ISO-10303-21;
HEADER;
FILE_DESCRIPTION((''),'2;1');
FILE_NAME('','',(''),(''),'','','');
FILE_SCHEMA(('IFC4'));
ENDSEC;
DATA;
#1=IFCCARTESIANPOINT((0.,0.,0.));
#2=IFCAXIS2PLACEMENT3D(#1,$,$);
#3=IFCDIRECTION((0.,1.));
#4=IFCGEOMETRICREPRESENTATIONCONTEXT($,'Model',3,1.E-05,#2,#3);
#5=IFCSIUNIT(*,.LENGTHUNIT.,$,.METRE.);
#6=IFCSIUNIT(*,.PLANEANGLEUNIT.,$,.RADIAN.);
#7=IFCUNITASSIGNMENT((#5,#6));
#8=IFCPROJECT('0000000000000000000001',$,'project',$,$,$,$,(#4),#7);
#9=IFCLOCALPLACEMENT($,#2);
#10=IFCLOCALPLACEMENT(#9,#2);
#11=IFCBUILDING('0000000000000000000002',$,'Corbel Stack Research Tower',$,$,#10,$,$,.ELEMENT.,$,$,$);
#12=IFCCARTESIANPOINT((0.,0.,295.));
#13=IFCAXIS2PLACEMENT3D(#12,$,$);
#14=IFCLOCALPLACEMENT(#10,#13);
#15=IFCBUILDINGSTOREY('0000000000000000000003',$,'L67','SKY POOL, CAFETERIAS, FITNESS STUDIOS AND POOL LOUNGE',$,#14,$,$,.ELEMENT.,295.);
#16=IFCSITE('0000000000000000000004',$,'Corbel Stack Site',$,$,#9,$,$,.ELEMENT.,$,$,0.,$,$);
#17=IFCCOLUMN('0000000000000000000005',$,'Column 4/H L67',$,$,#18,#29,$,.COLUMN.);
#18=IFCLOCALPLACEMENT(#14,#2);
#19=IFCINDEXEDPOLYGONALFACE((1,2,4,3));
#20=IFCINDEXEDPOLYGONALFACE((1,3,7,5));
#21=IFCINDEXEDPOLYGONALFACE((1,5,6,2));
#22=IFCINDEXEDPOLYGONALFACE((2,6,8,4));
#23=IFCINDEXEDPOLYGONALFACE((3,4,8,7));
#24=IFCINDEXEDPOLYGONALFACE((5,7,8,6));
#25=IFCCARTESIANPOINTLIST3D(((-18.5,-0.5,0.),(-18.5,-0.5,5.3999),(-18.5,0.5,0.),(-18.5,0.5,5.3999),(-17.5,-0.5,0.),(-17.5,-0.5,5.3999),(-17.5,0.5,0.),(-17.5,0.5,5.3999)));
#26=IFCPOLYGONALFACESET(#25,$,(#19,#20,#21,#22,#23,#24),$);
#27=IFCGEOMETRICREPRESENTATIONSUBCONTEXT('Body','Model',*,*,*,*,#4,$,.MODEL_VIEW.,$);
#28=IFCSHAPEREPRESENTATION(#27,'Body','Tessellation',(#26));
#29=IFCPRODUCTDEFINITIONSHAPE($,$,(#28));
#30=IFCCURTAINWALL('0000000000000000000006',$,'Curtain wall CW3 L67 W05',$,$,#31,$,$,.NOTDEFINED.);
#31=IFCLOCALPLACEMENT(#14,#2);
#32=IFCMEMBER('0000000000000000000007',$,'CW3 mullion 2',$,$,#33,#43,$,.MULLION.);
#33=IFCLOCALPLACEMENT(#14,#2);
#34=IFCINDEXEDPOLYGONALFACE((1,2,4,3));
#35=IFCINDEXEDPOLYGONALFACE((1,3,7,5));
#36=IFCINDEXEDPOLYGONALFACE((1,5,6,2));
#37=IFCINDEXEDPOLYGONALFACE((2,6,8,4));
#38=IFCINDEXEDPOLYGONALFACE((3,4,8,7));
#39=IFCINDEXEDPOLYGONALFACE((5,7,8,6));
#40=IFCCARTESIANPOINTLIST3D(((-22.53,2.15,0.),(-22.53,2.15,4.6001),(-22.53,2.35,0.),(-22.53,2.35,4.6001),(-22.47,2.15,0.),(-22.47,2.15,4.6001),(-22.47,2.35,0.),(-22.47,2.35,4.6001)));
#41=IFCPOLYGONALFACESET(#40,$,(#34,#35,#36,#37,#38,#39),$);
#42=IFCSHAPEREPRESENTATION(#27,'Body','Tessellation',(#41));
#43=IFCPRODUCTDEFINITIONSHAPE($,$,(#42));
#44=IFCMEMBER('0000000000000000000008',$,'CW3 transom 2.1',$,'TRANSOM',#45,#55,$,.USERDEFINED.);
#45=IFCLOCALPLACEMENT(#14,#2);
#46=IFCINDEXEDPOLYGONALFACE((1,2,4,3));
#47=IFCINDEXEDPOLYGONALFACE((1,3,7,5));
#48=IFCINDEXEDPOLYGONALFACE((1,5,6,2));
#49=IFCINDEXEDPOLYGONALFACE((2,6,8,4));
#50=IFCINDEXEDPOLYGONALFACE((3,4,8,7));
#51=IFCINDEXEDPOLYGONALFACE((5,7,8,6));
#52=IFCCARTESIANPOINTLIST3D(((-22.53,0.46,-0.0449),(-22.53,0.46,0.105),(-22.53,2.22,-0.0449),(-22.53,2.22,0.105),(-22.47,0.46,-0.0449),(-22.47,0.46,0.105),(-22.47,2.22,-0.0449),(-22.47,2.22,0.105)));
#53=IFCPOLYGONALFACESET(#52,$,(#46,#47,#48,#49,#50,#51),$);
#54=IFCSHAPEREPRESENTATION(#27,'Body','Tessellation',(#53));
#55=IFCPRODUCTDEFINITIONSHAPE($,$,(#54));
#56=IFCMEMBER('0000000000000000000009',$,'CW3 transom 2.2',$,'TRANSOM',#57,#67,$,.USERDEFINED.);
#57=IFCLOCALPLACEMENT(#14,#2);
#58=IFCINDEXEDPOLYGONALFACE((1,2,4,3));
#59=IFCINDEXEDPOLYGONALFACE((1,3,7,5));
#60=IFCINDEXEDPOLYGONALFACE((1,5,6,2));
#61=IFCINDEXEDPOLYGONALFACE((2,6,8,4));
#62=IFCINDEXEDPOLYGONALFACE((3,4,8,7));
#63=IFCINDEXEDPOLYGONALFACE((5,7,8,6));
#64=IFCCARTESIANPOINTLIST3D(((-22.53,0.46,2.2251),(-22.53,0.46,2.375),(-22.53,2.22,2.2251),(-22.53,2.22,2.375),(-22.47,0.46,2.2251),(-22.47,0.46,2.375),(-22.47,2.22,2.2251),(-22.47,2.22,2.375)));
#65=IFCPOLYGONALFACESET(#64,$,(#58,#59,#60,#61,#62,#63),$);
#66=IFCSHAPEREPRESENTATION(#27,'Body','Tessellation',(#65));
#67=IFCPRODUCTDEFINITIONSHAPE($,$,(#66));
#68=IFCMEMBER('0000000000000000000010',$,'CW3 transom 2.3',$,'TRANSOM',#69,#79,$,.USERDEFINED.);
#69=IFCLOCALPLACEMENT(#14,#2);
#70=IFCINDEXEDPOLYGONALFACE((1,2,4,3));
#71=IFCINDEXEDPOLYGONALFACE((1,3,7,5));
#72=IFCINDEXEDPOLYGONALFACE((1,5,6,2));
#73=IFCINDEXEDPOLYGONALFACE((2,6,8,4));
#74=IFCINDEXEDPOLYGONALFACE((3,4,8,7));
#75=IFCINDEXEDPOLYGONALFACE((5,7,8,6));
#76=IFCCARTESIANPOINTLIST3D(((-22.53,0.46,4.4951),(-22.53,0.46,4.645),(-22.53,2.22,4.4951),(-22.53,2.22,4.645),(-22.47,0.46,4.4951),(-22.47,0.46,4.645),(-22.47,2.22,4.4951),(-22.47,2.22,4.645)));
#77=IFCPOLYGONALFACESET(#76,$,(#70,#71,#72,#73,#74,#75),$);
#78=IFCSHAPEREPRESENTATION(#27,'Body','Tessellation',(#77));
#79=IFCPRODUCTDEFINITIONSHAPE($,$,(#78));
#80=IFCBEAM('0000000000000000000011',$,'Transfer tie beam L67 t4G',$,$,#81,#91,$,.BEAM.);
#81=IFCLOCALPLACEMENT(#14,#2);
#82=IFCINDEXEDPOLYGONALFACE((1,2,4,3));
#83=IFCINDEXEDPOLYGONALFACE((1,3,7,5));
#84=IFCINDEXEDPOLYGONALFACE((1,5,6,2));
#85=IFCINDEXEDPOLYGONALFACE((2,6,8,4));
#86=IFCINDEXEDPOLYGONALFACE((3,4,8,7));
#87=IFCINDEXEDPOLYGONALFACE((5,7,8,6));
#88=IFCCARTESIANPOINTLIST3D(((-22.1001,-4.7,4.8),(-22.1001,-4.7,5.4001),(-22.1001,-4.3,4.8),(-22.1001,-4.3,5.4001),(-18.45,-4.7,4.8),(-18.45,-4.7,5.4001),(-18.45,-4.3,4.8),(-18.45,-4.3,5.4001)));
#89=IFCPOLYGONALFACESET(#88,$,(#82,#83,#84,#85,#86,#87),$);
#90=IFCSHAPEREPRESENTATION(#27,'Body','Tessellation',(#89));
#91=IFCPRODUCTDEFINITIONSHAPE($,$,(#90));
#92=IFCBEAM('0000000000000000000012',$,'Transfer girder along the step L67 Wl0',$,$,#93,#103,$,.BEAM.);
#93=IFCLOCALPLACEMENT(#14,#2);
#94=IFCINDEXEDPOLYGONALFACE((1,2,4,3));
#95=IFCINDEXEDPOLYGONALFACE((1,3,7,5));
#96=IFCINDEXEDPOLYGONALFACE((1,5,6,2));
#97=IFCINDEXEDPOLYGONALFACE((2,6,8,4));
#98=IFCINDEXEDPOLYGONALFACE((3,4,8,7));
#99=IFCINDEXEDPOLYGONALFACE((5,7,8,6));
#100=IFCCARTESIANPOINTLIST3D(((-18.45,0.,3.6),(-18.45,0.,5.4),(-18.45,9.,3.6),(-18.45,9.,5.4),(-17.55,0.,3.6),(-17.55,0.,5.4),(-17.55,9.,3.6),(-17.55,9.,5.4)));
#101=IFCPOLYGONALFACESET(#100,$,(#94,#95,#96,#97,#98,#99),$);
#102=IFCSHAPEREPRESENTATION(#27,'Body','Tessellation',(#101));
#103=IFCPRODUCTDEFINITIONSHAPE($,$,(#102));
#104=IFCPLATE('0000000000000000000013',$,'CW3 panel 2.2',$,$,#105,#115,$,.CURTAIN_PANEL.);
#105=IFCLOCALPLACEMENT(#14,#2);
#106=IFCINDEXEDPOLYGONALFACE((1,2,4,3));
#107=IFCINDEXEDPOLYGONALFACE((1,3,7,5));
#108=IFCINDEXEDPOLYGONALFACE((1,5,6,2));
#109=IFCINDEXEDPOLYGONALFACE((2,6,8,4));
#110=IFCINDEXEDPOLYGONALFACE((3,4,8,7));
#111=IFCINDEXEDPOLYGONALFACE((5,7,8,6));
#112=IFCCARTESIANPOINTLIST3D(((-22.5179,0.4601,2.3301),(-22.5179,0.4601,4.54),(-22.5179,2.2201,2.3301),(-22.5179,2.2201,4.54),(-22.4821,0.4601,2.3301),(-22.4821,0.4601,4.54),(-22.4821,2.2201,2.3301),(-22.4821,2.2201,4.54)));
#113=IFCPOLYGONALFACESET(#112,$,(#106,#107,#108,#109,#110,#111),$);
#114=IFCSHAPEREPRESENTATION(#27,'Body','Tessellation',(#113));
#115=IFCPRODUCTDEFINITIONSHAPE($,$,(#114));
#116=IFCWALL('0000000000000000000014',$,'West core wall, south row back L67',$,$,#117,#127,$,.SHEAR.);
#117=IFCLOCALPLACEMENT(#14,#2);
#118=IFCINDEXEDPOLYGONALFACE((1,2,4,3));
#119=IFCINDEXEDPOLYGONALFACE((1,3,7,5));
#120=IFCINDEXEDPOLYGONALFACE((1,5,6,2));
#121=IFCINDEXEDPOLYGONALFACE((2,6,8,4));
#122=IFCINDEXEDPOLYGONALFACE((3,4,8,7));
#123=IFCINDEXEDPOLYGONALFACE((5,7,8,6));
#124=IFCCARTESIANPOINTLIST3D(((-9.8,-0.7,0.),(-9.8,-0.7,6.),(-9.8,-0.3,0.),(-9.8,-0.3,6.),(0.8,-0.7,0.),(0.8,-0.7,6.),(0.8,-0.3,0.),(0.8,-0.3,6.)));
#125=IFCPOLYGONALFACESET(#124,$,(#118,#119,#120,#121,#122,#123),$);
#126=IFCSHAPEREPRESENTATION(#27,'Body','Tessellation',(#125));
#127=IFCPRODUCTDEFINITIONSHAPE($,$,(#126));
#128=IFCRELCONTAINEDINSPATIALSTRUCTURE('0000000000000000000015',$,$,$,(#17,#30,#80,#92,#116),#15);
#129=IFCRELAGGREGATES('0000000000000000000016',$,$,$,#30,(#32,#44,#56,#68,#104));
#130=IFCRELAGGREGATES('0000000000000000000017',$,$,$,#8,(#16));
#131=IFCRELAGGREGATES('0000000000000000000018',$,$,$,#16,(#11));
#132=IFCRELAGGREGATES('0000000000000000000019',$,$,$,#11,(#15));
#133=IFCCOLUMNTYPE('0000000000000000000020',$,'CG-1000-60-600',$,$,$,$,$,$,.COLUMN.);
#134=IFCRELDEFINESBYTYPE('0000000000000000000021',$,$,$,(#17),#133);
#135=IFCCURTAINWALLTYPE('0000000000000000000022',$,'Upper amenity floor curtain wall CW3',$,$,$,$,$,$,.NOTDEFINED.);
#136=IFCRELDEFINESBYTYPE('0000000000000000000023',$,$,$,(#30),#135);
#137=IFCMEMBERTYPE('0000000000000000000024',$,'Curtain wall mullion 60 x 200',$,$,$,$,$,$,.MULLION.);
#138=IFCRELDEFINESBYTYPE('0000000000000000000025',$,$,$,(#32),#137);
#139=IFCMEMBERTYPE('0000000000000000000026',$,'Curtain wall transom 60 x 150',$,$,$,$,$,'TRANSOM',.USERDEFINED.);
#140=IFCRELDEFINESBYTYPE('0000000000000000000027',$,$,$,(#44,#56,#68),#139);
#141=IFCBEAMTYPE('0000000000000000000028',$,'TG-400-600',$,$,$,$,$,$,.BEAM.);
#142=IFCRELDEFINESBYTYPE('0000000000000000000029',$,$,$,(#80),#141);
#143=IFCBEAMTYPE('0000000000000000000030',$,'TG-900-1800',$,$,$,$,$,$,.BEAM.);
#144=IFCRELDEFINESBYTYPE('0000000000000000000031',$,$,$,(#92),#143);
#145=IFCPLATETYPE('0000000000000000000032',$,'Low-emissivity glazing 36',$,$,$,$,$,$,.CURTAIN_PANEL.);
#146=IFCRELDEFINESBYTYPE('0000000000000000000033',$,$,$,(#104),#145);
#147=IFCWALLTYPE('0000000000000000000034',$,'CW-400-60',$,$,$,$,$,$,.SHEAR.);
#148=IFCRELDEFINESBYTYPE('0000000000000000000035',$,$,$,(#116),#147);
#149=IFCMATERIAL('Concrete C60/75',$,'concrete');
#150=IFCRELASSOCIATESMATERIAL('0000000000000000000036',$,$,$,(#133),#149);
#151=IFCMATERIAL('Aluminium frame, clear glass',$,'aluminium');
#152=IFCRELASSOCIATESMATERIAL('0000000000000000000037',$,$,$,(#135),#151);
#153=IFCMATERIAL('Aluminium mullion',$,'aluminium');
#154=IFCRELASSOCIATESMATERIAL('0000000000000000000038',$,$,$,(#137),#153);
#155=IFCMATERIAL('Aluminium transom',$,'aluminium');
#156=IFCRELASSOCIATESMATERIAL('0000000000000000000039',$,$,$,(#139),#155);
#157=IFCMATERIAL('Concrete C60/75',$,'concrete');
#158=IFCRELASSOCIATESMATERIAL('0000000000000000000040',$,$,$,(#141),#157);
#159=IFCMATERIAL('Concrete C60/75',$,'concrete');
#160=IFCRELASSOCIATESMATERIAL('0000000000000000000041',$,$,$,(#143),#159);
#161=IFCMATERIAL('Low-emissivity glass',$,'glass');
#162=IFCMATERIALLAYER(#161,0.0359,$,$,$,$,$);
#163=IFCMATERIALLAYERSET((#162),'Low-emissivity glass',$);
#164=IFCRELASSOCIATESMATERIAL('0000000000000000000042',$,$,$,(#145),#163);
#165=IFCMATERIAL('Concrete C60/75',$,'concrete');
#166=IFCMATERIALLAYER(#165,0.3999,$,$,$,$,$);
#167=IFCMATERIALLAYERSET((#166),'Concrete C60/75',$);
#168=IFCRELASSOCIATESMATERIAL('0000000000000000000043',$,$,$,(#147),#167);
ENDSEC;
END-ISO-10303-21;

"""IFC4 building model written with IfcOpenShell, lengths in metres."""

from ifc_helpers import new_model, si_unit, direction, frame, frame_2d, origin, origin_2d, place, context, subcontext, project, spatial, rectangle, extrude, material, layer, layer_set, material_profile, profile_set, type_object, element, aggregate, save


model = new_model("IFC4")

# Units and contexts
model_context = context("Model", 3, precision=1e-05, world=origin(), true_north=direction((0.0, 1.0)))
body_context = subcontext(model_context, "Body", "Model", "MODEL_VIEW")
ifc_project = project(units=[si_unit("LENGTHUNIT", "METRE"), si_unit("PLANEANGLEUNIT", "RADIAN")], contexts=[model_context])

# Site, building, storey
site_placement = place(None, origin())
site = spatial("IfcSite", under=ifc_project, at=site_placement, Name="Corbel Stack Site", CompositionType="ELEMENT", RefElevation=0.0)
building_placement = place(site_placement, origin())
building = spatial("IfcBuilding", under=site, at=building_placement, Name="Corbel Stack Research Tower", CompositionType="ELEMENT")
storey_placement = place(building_placement, frame((0.0, 0.0, 295.0)))
storey = spatial("IfcBuildingStorey", under=building, at=storey_placement, Name="L67", Description="SKY POOL, CAFETERIAS, FITNESS STUDIOS AND POOL LOUNGE", CompositionType="ELEMENT", Elevation=295.0)

# Column
ifc_material_1 = material(Name="Concrete C60/75", Category="concrete")
ifc_material_profile_1 = material_profile(ifc_material_1, rectangle(XDim=1.0, YDim=1.0, at=origin_2d()), Name="RC 1000 x 1000")
ifc_profile_set_1 = profile_set([ifc_material_profile_1], Name="Concrete C60/75")
column_type = type_object("IfcColumnType", Name="CG-1000-60-600", PredefinedType="COLUMN", material=ifc_profile_set_1)
column_placement = place(storey_placement, frame((-18.0, 0.0, 0.0), z_axis=(0.0, 0.0, 1.0), x_axis=(1.0, 0.0, 0.0)))
element("IfcColumn", 1, at=column_placement, inside=storey, type_object=column_type, Name="Column 4/H L67", PredefinedType="COLUMN", context=body_context, shape_type="SweptSolid", body=[
    extrude(rectangle(XDim=1.0, YDim=1.0, at=origin_2d()), origin(), (0.0, 0.0, 1.0), 5.3999),
])

# Curtain wall, members
ifc_material_2 = material(Name="Aluminium frame, clear glass", Category="aluminium")
curtain_wall_type = type_object("IfcCurtainWallType", Name="Upper amenity floor curtain wall CW3", PredefinedType="NOTDEFINED", material=ifc_material_2)
curtain_wall_placement = place(storey_placement, origin())
curtain_wall = element("IfcCurtainWall", 2, at=curtain_wall_placement, inside=storey, type_object=curtain_wall_type, Name="Curtain wall CW3 L67 W05", PredefinedType="NOTDEFINED")
ifc_material_3 = material(Name="Aluminium mullion", Category="aluminium")
ifc_material_profile_2 = material_profile(ifc_material_3, rectangle(XDim=0.0601, YDim=0.2, at=origin_2d()), Name="Mullion 60 x 200")
ifc_profile_set_2 = profile_set([ifc_material_profile_2], Name="Aluminium mullion")
member_type_1 = type_object("IfcMemberType", Name="Curtain wall mullion 60 x 200", PredefinedType="MULLION", material=ifc_profile_set_2)
member_1_placement = place(storey_placement, frame((-22.5, 2.25, 0.0), z_axis=(0.0, 0.0, 1.0), x_axis=(1.0, 0.0, 0.0)))
member_1 = element("IfcMember", 3, at=member_1_placement, type_object=member_type_1, Name="CW3 mullion 2", PredefinedType="MULLION", context=body_context, shape_type="SweptSolid", body=[
    extrude(rectangle(XDim=0.0601, YDim=0.2, at=origin_2d()), origin(), (0.0, 0.0, 1.0), 4.6001),
])
ifc_material_4 = material(Name="Aluminium transom", Category="aluminium")
ifc_material_profile_3 = material_profile(ifc_material_4, rectangle(XDim=0.0601, YDim=0.1499, at=origin_2d()), Name="Transom 60 x 150")
ifc_profile_set_3 = profile_set([ifc_material_profile_3], Name="Aluminium transom")
member_type_2 = type_object("IfcMemberType", Name="Curtain wall transom 60 x 150", ElementType="TRANSOM", PredefinedType="USERDEFINED", material=ifc_profile_set_3)
member_2_placement = place(storey_placement, frame((-22.5, 2.22, 0.03), z_axis=(0.0, -1.0, 0.0), x_axis=(1.0, 0.0, 0.0)))
member_2 = element("IfcMember", 4, at=member_2_placement, type_object=member_type_2, Name="CW3 transom 2.1", ObjectType="TRANSOM", PredefinedType="USERDEFINED", context=body_context, shape_type="SweptSolid", body=[
    extrude(rectangle(XDim=0.0601, YDim=0.1499, at=origin_2d()), origin(), (0.0, 0.0, 1.0), 1.76),
])
member_3_placement = place(storey_placement, frame((-22.5, 2.22, 2.3), z_axis=(0.0, -1.0, 0.0), x_axis=(1.0, 0.0, 0.0)))
member_3 = element("IfcMember", 5, at=member_3_placement, type_object=member_type_2, Name="CW3 transom 2.2", ObjectType="TRANSOM", PredefinedType="USERDEFINED", context=body_context, shape_type="SweptSolid", body=[
    extrude(rectangle(XDim=0.0601, YDim=0.1499, at=origin_2d()), origin(), (0.0, 0.0, 1.0), 1.76),
])
member_4_placement = place(storey_placement, frame((-22.5, 2.22, 4.5701), z_axis=(0.0, -1.0, 0.0), x_axis=(1.0, 0.0, 0.0)))
member_4 = element("IfcMember", 6, at=member_4_placement, type_object=member_type_2, Name="CW3 transom 2.3", ObjectType="TRANSOM", PredefinedType="USERDEFINED", context=body_context, shape_type="SweptSolid", body=[
    extrude(rectangle(XDim=0.0601, YDim=0.1499, at=origin_2d()), origin(), (0.0, 0.0, 1.0), 1.76),
])

# Beams
ifc_material_5 = material(Name="Concrete C60/75", Category="concrete")
ifc_material_profile_4 = material_profile(ifc_material_5, rectangle(XDim=0.3999, YDim=0.6001, at=origin_2d()), Name="RC 400 x 600")
ifc_profile_set_4 = profile_set([ifc_material_profile_4], Name="Concrete C60/75")
beam_type_1 = type_object("IfcBeamType", Name="TG-400-600", PredefinedType="BEAM", material=ifc_profile_set_4)
beam_1_placement = place(storey_placement, frame((-18.45, -4.5, 5.1001), z_axis=(-1.0, 0.0, 0.0), x_axis=(0.0, -1.0, 0.0)))
element("IfcBeam", 7, at=beam_1_placement, inside=storey, type_object=beam_type_1, Name="Transfer tie beam L67 t4G", PredefinedType="BEAM", context=body_context, shape_type="SweptSolid", body=[
    extrude(rectangle(XDim=0.3999, YDim=0.6001, at=origin_2d()), origin(), (0.0, 0.0, 1.0), 3.6501),
])
ifc_material_6 = material(Name="Concrete C60/75", Category="concrete")
ifc_material_profile_5 = material_profile(ifc_material_6, rectangle(XDim=0.8999, YDim=1.8, at=origin_2d()), Name="RC 900 x 1800")
ifc_profile_set_5 = profile_set([ifc_material_profile_5], Name="Concrete C60/75")
beam_type_2 = type_object("IfcBeamType", Name="TG-900-1800", PredefinedType="BEAM", material=ifc_profile_set_5)
beam_2_placement = place(storey_placement, frame((-18.0, 0.0, 4.5), z_axis=(0.0, 1.0, 0.0), x_axis=(-1.0, 0.0, 0.0)))
element("IfcBeam", 8, at=beam_2_placement, inside=storey, type_object=beam_type_2, Name="Transfer girder along the step L67 Wl0", PredefinedType="BEAM", context=body_context, shape_type="SweptSolid", body=[
    extrude(rectangle(XDim=0.8999, YDim=1.8, at=origin_2d()), origin(), (0.0, 0.0, 1.0), 9.0),
])

# Plate
ifc_material_7 = material(Name="Low-emissivity glass", Category="glass")
ifc_layer_1 = layer(ifc_material_7, 0.0359)
ifc_layer_set_1 = layer_set([ifc_layer_1], Name="Low-emissivity glass")
plate_type = type_object("IfcPlateType", Name="Low-emissivity glazing 36", PredefinedType="CURTAIN_PANEL", material=ifc_layer_set_1)
plate_placement = place(storey_placement, frame((-22.5, 1.3401, 2.3301), z_axis=(0.0, 0.0, 1.0), x_axis=(0.0, -1.0, 0.0)))
plate = element("IfcPlate", 9, at=plate_placement, type_object=plate_type, Name="CW3 panel 2.2", PredefinedType="CURTAIN_PANEL", context=body_context, shape_type="SweptSolid", body=[
    extrude(rectangle(XDim=1.76, YDim=0.0359, at=origin_2d()), origin(), (0.0, 0.0, 1.0), 2.21),
])
aggregate(curtain_wall, [member_1, member_2, member_3, member_4, plate])

# Wall
ifc_material_8 = material(Name="Concrete C60/75", Category="concrete")
ifc_layer_2 = layer(ifc_material_8, 0.3999)
ifc_layer_set_2 = layer_set([ifc_layer_2], Name="Concrete C60/75")
wall_type = type_object("IfcWallType", Name="CW-400-60", PredefinedType="SHEAR", material=ifc_layer_set_2)
wall_1_placement = place(storey_placement, frame((-9.8, -0.5, 0.0), z_axis=(0.0, 0.0, 1.0), x_axis=(1.0, 0.0, 0.0)))
element("IfcWall", 10, at=wall_1_placement, inside=storey, type_object=wall_type, Name="West core wall, south row back L67", PredefinedType="SHEAR", context=body_context, shape_type="SweptSolid", body=[
    extrude(rectangle(XDim=10.6001, YDim=0.3999, at=frame_2d((5.3, 0.0))), origin(), (0.0, 0.0, 1.0), 6.0),
])

save(model, "model.ifc")
